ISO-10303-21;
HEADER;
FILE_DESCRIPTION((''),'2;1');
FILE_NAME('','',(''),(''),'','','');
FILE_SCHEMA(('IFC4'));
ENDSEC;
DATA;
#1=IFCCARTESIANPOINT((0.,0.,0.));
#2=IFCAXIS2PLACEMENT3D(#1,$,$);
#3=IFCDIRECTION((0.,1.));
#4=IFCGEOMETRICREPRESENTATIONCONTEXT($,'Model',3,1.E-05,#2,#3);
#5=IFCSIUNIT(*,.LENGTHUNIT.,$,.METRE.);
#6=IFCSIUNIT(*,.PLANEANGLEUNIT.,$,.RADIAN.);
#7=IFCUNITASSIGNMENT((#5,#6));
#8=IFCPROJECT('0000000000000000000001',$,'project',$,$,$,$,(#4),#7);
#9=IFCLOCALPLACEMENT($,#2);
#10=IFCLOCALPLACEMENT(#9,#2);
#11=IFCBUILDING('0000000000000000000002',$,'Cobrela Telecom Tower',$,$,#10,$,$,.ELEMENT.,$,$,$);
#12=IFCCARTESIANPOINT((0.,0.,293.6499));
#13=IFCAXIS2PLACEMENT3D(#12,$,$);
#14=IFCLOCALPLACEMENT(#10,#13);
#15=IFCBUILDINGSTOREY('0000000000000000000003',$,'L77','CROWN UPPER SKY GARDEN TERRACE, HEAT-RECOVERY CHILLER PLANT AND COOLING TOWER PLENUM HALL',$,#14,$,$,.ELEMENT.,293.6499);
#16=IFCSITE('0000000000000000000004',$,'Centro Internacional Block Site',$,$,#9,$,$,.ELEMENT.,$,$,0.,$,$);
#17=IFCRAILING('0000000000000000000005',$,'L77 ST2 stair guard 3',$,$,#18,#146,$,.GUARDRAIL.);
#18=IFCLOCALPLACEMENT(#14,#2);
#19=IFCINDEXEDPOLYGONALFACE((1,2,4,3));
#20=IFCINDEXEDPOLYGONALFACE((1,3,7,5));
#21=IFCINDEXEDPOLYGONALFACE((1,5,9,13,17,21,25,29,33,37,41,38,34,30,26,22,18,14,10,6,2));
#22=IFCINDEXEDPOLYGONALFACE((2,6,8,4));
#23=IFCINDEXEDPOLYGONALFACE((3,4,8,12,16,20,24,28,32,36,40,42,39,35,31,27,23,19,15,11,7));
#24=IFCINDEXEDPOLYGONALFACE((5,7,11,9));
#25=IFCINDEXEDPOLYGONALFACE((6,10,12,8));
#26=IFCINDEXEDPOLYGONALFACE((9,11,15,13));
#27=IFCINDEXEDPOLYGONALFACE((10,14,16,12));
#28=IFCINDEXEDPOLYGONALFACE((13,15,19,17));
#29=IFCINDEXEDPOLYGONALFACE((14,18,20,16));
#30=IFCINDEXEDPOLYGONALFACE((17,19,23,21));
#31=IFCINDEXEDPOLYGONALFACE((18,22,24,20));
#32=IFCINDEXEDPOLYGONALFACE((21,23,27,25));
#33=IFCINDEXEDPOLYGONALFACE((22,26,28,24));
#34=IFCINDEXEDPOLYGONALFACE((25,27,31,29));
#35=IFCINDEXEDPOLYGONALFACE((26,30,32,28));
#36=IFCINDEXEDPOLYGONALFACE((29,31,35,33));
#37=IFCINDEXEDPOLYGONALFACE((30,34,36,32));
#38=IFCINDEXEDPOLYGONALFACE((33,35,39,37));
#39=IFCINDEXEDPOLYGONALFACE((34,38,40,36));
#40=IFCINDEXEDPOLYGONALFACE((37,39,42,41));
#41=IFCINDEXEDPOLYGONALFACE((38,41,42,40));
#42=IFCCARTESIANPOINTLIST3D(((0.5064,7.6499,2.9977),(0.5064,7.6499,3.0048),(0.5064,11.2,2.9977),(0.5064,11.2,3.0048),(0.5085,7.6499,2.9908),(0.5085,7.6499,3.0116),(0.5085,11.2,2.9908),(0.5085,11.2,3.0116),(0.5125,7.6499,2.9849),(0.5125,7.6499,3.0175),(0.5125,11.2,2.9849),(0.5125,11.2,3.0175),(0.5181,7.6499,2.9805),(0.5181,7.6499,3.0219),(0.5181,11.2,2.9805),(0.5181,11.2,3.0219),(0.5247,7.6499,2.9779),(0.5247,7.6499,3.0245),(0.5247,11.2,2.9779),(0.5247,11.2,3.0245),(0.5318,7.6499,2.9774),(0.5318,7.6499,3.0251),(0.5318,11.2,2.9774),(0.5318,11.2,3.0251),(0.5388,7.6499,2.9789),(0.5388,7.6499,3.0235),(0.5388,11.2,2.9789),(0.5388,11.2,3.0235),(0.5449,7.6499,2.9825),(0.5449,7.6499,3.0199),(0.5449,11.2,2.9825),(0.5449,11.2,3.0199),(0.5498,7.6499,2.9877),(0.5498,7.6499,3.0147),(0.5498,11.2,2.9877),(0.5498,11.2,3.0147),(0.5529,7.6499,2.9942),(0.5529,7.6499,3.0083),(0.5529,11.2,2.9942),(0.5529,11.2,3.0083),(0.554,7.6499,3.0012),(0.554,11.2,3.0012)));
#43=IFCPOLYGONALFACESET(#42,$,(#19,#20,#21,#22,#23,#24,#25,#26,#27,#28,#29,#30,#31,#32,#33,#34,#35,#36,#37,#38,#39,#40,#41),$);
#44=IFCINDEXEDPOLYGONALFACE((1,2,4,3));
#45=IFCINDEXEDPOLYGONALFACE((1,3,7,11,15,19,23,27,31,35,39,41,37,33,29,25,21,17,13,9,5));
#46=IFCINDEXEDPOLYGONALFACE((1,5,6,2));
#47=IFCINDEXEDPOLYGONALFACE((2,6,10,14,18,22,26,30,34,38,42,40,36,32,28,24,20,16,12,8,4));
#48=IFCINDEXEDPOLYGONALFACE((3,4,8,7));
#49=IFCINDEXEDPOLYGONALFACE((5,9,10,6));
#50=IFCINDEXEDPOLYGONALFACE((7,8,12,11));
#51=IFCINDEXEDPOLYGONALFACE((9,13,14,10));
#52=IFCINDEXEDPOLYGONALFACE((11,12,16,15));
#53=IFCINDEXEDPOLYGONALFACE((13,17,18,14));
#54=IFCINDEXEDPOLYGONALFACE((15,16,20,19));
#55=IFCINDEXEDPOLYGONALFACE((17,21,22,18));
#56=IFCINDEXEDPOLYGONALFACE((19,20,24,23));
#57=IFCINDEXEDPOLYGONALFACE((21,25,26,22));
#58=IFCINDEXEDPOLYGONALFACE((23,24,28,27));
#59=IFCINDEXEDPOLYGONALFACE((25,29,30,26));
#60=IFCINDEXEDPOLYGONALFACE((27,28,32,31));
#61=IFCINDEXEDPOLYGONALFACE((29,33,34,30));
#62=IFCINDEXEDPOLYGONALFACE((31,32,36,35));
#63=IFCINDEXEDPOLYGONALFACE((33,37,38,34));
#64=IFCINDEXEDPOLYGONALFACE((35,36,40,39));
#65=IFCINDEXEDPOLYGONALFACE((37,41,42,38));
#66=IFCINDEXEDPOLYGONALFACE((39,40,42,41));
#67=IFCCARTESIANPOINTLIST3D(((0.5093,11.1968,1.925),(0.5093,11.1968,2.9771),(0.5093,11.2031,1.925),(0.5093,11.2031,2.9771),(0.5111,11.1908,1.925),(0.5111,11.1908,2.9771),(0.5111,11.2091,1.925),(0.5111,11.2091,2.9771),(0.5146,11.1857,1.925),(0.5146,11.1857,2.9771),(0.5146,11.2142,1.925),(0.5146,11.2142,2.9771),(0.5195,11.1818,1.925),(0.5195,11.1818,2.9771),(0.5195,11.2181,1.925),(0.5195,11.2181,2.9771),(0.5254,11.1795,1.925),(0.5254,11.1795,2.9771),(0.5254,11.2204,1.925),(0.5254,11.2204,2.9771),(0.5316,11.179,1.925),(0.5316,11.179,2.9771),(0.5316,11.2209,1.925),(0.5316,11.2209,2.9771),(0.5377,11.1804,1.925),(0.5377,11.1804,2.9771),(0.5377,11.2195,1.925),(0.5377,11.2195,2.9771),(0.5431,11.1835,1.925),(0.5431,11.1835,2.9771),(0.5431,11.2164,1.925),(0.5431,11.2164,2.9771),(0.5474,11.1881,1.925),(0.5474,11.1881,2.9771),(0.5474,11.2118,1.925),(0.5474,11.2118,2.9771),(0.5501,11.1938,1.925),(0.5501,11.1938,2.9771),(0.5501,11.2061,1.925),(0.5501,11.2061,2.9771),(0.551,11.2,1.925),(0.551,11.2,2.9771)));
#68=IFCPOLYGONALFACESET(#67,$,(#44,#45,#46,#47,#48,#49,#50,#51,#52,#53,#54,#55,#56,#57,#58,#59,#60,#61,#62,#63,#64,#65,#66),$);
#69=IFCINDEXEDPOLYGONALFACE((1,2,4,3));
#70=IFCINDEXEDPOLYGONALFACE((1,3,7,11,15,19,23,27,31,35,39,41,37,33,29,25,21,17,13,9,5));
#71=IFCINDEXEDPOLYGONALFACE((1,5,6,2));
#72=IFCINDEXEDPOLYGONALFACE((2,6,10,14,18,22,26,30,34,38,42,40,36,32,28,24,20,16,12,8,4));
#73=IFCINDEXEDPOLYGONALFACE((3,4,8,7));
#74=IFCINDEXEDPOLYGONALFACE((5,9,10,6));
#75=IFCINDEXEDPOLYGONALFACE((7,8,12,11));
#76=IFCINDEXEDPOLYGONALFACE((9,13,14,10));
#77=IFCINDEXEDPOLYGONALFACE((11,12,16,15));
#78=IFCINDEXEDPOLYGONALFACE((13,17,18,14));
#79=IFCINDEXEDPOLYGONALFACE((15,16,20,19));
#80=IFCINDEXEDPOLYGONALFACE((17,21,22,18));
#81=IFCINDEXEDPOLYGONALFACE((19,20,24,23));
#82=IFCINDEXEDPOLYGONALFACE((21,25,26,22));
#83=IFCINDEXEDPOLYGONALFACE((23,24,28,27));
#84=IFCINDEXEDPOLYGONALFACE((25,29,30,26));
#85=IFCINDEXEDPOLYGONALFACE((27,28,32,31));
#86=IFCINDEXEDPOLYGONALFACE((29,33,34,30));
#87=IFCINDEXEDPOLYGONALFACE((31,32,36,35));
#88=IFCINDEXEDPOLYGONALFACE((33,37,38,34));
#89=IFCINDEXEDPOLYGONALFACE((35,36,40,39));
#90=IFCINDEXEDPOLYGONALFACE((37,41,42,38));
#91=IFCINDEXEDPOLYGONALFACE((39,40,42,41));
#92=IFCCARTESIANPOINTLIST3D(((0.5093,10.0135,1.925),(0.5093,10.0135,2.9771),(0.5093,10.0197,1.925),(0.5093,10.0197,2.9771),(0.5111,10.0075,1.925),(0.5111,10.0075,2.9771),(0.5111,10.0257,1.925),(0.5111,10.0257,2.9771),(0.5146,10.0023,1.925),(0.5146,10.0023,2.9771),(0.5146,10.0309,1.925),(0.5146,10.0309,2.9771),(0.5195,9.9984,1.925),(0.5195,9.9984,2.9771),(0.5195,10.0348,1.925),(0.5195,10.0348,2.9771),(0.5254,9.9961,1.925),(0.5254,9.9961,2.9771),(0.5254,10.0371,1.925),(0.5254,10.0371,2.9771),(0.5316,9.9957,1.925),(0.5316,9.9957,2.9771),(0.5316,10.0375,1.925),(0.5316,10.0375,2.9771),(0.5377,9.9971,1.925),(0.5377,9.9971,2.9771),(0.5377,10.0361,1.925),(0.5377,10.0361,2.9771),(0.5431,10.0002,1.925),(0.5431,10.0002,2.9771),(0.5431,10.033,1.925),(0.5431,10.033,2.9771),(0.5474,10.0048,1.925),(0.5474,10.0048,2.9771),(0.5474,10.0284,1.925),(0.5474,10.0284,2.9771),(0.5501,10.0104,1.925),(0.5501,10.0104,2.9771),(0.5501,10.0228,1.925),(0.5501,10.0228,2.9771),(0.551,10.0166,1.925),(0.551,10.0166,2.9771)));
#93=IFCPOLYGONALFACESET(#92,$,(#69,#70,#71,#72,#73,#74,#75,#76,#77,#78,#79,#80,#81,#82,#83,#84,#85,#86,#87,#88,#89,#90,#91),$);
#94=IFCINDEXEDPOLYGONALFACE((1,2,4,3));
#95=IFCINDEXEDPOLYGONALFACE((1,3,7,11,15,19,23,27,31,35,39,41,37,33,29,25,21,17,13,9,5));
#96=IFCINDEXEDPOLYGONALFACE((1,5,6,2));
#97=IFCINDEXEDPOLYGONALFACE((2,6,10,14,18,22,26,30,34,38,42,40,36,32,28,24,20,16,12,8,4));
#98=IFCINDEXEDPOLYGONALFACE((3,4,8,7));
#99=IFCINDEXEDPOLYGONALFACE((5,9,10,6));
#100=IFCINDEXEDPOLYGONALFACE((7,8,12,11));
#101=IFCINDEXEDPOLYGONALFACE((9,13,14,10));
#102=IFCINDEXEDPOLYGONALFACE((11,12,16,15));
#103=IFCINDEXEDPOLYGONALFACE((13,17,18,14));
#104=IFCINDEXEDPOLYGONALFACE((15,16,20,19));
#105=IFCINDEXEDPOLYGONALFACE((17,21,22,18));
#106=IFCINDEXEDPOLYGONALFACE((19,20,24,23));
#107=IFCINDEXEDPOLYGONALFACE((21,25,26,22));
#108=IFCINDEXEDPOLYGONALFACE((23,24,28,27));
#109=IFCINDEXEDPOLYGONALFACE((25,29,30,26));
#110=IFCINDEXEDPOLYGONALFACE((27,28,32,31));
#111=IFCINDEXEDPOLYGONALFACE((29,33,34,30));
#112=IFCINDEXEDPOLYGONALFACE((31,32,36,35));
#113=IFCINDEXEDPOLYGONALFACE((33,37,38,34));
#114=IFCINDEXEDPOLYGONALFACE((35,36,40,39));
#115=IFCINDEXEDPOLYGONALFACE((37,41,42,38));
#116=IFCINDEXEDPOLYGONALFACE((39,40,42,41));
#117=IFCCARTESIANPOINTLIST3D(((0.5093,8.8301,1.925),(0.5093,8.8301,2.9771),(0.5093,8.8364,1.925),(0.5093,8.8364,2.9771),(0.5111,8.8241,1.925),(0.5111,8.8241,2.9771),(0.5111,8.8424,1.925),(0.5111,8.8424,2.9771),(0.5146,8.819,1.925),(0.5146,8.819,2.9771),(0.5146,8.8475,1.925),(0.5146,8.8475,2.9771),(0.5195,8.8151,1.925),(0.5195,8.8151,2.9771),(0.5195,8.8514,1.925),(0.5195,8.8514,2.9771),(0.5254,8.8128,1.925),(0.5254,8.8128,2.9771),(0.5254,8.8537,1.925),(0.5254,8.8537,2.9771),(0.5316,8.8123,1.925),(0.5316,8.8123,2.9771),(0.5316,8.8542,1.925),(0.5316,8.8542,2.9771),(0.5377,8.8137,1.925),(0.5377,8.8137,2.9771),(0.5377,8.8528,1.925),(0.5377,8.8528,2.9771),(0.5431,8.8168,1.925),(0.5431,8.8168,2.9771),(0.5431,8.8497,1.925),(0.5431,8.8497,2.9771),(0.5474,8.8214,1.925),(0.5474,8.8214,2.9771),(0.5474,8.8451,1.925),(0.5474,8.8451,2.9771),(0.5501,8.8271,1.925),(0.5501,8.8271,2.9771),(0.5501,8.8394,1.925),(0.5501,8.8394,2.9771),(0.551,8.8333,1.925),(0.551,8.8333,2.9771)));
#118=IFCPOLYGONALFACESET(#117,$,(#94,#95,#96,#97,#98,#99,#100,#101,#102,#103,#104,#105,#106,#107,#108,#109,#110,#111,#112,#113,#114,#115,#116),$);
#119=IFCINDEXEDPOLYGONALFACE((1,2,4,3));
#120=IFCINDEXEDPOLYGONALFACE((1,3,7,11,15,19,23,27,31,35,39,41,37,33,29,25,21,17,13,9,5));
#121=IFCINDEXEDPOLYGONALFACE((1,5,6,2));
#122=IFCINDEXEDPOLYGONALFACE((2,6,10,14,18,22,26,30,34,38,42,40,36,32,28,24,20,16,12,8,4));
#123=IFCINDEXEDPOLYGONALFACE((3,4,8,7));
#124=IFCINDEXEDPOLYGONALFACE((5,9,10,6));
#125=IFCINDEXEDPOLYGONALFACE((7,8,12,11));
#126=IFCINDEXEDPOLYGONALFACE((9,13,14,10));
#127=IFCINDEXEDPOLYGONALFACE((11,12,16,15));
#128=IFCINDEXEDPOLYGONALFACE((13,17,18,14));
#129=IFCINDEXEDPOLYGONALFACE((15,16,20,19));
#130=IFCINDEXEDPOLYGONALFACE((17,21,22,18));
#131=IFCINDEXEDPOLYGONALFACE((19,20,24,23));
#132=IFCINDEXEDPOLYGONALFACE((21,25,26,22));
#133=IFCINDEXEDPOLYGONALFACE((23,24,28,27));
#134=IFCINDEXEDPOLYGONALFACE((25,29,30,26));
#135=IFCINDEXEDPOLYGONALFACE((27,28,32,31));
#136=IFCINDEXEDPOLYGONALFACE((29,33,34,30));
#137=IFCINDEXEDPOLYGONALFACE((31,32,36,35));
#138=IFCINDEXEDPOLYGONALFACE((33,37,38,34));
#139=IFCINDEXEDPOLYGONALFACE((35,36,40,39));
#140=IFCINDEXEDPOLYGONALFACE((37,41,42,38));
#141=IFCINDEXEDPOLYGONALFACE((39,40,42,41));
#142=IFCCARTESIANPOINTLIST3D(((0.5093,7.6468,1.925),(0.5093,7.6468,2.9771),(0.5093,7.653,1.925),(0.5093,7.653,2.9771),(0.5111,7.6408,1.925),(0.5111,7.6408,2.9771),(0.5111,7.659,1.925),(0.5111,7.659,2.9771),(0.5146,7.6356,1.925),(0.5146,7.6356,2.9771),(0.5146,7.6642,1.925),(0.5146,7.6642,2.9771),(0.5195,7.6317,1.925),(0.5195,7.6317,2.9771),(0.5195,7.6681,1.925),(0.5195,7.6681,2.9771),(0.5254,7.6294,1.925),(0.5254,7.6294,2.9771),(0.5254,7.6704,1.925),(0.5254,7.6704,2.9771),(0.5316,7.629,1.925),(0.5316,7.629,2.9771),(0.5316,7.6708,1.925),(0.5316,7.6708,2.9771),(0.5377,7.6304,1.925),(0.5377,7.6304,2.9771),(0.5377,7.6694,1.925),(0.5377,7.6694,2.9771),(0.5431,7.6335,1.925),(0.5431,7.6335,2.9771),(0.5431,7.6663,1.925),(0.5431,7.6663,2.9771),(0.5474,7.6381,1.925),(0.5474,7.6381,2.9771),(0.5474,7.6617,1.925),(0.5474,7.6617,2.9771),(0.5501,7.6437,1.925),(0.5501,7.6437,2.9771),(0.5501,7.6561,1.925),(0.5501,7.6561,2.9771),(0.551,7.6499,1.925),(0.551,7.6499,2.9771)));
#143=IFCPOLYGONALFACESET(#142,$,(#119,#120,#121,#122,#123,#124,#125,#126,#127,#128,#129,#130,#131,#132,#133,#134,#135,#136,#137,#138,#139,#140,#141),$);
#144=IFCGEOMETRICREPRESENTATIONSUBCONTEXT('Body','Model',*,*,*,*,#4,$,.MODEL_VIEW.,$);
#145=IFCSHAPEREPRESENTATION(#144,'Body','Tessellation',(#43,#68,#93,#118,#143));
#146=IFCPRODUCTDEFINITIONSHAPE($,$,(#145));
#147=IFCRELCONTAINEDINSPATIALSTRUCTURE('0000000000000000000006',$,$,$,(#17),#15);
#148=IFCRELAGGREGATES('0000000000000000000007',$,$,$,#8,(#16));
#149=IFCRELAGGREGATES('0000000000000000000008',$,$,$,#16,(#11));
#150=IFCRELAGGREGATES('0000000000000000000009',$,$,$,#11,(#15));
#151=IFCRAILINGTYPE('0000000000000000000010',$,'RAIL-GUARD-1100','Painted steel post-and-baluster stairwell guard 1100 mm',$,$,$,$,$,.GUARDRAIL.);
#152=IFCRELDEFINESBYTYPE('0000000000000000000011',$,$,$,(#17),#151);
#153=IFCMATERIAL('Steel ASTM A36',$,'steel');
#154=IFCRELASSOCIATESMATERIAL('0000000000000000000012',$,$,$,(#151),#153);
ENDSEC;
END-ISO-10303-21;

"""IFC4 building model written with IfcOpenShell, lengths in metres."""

from ifc_helpers import new_model, si_unit, direction, frame, origin, origin_2d, place, context, subcontext, project, spatial, circle, extrude, material, type_object, element, save


model = new_model("IFC4")

# Units and contexts
model_context = context("Model", 3, precision=1e-05, world=origin(), true_north=direction((0.0, 1.0)))
body_context = subcontext(model_context, "Body", "Model", "MODEL_VIEW")
ifc_project = project(units=[si_unit("LENGTHUNIT", "METRE"), si_unit("PLANEANGLEUNIT", "RADIAN")], contexts=[model_context])

# Site, building, storey
site_placement = place(None, origin())
site = spatial("IfcSite", under=ifc_project, at=site_placement, Name="Centro Internacional Block Site", CompositionType="ELEMENT", RefElevation=0.0)
building_placement = place(site_placement, origin())
building = spatial("IfcBuilding", under=site, at=building_placement, Name="Cobrela Telecom Tower", CompositionType="ELEMENT")
storey_placement = place(building_placement, frame((0.0, 0.0, 293.6499)))
storey = spatial("IfcBuildingStorey", under=building, at=storey_placement, Name="L77", Description="CROWN UPPER SKY GARDEN TERRACE, HEAT-RECOVERY CHILLER PLANT AND COOLING TOWER PLENUM HALL", CompositionType="ELEMENT", Elevation=293.6499)

# Railing
ifc_material_1 = material(Name="Steel ASTM A36", Category="steel")
railing_type_1 = type_object("IfcRailingType", Name="RAIL-GUARD-1100", Description="Painted steel post-and-baluster stairwell guard 1100 mm", PredefinedType="GUARDRAIL", material=ifc_material_1)
railing_1_placement = place(storey_placement, frame((0.53, 11.2, 1.925)))
element("IfcRailing", 1, at=railing_1_placement, inside=storey, type_object=railing_type_1, Name="L77 ST2 stair guard 3", PredefinedType="GUARDRAIL", context=body_context, shape_type="SweptSolid", body=[
    extrude(circle(Radius=0.0239, at=origin_2d()), frame((0.0, 0.0, 1.0762), z_axis=(0.0, -1.0, 0.0), x_axis=(1.0, 0.0, 0.0)), (0.0, 0.0, 1.0), 3.55),
    extrude(circle(Radius=0.021, at=origin_2d()), origin(), (0.0, 0.0, 1.0), 1.052),
    extrude(circle(Radius=0.021, at=origin_2d()), frame((0.0, -1.1833, 0.0)), (0.0, 0.0, 1.0), 1.052),
    extrude(circle(Radius=0.021, at=origin_2d()), frame((0.0, -2.3667, 0.0)), (0.0, 0.0, 1.0), 1.052),
    extrude(circle(Radius=0.021, at=origin_2d()), frame((0.0, -3.55, 0.0)), (0.0, 0.0, 1.0), 1.052),
])

save(model, "model.ifc")
